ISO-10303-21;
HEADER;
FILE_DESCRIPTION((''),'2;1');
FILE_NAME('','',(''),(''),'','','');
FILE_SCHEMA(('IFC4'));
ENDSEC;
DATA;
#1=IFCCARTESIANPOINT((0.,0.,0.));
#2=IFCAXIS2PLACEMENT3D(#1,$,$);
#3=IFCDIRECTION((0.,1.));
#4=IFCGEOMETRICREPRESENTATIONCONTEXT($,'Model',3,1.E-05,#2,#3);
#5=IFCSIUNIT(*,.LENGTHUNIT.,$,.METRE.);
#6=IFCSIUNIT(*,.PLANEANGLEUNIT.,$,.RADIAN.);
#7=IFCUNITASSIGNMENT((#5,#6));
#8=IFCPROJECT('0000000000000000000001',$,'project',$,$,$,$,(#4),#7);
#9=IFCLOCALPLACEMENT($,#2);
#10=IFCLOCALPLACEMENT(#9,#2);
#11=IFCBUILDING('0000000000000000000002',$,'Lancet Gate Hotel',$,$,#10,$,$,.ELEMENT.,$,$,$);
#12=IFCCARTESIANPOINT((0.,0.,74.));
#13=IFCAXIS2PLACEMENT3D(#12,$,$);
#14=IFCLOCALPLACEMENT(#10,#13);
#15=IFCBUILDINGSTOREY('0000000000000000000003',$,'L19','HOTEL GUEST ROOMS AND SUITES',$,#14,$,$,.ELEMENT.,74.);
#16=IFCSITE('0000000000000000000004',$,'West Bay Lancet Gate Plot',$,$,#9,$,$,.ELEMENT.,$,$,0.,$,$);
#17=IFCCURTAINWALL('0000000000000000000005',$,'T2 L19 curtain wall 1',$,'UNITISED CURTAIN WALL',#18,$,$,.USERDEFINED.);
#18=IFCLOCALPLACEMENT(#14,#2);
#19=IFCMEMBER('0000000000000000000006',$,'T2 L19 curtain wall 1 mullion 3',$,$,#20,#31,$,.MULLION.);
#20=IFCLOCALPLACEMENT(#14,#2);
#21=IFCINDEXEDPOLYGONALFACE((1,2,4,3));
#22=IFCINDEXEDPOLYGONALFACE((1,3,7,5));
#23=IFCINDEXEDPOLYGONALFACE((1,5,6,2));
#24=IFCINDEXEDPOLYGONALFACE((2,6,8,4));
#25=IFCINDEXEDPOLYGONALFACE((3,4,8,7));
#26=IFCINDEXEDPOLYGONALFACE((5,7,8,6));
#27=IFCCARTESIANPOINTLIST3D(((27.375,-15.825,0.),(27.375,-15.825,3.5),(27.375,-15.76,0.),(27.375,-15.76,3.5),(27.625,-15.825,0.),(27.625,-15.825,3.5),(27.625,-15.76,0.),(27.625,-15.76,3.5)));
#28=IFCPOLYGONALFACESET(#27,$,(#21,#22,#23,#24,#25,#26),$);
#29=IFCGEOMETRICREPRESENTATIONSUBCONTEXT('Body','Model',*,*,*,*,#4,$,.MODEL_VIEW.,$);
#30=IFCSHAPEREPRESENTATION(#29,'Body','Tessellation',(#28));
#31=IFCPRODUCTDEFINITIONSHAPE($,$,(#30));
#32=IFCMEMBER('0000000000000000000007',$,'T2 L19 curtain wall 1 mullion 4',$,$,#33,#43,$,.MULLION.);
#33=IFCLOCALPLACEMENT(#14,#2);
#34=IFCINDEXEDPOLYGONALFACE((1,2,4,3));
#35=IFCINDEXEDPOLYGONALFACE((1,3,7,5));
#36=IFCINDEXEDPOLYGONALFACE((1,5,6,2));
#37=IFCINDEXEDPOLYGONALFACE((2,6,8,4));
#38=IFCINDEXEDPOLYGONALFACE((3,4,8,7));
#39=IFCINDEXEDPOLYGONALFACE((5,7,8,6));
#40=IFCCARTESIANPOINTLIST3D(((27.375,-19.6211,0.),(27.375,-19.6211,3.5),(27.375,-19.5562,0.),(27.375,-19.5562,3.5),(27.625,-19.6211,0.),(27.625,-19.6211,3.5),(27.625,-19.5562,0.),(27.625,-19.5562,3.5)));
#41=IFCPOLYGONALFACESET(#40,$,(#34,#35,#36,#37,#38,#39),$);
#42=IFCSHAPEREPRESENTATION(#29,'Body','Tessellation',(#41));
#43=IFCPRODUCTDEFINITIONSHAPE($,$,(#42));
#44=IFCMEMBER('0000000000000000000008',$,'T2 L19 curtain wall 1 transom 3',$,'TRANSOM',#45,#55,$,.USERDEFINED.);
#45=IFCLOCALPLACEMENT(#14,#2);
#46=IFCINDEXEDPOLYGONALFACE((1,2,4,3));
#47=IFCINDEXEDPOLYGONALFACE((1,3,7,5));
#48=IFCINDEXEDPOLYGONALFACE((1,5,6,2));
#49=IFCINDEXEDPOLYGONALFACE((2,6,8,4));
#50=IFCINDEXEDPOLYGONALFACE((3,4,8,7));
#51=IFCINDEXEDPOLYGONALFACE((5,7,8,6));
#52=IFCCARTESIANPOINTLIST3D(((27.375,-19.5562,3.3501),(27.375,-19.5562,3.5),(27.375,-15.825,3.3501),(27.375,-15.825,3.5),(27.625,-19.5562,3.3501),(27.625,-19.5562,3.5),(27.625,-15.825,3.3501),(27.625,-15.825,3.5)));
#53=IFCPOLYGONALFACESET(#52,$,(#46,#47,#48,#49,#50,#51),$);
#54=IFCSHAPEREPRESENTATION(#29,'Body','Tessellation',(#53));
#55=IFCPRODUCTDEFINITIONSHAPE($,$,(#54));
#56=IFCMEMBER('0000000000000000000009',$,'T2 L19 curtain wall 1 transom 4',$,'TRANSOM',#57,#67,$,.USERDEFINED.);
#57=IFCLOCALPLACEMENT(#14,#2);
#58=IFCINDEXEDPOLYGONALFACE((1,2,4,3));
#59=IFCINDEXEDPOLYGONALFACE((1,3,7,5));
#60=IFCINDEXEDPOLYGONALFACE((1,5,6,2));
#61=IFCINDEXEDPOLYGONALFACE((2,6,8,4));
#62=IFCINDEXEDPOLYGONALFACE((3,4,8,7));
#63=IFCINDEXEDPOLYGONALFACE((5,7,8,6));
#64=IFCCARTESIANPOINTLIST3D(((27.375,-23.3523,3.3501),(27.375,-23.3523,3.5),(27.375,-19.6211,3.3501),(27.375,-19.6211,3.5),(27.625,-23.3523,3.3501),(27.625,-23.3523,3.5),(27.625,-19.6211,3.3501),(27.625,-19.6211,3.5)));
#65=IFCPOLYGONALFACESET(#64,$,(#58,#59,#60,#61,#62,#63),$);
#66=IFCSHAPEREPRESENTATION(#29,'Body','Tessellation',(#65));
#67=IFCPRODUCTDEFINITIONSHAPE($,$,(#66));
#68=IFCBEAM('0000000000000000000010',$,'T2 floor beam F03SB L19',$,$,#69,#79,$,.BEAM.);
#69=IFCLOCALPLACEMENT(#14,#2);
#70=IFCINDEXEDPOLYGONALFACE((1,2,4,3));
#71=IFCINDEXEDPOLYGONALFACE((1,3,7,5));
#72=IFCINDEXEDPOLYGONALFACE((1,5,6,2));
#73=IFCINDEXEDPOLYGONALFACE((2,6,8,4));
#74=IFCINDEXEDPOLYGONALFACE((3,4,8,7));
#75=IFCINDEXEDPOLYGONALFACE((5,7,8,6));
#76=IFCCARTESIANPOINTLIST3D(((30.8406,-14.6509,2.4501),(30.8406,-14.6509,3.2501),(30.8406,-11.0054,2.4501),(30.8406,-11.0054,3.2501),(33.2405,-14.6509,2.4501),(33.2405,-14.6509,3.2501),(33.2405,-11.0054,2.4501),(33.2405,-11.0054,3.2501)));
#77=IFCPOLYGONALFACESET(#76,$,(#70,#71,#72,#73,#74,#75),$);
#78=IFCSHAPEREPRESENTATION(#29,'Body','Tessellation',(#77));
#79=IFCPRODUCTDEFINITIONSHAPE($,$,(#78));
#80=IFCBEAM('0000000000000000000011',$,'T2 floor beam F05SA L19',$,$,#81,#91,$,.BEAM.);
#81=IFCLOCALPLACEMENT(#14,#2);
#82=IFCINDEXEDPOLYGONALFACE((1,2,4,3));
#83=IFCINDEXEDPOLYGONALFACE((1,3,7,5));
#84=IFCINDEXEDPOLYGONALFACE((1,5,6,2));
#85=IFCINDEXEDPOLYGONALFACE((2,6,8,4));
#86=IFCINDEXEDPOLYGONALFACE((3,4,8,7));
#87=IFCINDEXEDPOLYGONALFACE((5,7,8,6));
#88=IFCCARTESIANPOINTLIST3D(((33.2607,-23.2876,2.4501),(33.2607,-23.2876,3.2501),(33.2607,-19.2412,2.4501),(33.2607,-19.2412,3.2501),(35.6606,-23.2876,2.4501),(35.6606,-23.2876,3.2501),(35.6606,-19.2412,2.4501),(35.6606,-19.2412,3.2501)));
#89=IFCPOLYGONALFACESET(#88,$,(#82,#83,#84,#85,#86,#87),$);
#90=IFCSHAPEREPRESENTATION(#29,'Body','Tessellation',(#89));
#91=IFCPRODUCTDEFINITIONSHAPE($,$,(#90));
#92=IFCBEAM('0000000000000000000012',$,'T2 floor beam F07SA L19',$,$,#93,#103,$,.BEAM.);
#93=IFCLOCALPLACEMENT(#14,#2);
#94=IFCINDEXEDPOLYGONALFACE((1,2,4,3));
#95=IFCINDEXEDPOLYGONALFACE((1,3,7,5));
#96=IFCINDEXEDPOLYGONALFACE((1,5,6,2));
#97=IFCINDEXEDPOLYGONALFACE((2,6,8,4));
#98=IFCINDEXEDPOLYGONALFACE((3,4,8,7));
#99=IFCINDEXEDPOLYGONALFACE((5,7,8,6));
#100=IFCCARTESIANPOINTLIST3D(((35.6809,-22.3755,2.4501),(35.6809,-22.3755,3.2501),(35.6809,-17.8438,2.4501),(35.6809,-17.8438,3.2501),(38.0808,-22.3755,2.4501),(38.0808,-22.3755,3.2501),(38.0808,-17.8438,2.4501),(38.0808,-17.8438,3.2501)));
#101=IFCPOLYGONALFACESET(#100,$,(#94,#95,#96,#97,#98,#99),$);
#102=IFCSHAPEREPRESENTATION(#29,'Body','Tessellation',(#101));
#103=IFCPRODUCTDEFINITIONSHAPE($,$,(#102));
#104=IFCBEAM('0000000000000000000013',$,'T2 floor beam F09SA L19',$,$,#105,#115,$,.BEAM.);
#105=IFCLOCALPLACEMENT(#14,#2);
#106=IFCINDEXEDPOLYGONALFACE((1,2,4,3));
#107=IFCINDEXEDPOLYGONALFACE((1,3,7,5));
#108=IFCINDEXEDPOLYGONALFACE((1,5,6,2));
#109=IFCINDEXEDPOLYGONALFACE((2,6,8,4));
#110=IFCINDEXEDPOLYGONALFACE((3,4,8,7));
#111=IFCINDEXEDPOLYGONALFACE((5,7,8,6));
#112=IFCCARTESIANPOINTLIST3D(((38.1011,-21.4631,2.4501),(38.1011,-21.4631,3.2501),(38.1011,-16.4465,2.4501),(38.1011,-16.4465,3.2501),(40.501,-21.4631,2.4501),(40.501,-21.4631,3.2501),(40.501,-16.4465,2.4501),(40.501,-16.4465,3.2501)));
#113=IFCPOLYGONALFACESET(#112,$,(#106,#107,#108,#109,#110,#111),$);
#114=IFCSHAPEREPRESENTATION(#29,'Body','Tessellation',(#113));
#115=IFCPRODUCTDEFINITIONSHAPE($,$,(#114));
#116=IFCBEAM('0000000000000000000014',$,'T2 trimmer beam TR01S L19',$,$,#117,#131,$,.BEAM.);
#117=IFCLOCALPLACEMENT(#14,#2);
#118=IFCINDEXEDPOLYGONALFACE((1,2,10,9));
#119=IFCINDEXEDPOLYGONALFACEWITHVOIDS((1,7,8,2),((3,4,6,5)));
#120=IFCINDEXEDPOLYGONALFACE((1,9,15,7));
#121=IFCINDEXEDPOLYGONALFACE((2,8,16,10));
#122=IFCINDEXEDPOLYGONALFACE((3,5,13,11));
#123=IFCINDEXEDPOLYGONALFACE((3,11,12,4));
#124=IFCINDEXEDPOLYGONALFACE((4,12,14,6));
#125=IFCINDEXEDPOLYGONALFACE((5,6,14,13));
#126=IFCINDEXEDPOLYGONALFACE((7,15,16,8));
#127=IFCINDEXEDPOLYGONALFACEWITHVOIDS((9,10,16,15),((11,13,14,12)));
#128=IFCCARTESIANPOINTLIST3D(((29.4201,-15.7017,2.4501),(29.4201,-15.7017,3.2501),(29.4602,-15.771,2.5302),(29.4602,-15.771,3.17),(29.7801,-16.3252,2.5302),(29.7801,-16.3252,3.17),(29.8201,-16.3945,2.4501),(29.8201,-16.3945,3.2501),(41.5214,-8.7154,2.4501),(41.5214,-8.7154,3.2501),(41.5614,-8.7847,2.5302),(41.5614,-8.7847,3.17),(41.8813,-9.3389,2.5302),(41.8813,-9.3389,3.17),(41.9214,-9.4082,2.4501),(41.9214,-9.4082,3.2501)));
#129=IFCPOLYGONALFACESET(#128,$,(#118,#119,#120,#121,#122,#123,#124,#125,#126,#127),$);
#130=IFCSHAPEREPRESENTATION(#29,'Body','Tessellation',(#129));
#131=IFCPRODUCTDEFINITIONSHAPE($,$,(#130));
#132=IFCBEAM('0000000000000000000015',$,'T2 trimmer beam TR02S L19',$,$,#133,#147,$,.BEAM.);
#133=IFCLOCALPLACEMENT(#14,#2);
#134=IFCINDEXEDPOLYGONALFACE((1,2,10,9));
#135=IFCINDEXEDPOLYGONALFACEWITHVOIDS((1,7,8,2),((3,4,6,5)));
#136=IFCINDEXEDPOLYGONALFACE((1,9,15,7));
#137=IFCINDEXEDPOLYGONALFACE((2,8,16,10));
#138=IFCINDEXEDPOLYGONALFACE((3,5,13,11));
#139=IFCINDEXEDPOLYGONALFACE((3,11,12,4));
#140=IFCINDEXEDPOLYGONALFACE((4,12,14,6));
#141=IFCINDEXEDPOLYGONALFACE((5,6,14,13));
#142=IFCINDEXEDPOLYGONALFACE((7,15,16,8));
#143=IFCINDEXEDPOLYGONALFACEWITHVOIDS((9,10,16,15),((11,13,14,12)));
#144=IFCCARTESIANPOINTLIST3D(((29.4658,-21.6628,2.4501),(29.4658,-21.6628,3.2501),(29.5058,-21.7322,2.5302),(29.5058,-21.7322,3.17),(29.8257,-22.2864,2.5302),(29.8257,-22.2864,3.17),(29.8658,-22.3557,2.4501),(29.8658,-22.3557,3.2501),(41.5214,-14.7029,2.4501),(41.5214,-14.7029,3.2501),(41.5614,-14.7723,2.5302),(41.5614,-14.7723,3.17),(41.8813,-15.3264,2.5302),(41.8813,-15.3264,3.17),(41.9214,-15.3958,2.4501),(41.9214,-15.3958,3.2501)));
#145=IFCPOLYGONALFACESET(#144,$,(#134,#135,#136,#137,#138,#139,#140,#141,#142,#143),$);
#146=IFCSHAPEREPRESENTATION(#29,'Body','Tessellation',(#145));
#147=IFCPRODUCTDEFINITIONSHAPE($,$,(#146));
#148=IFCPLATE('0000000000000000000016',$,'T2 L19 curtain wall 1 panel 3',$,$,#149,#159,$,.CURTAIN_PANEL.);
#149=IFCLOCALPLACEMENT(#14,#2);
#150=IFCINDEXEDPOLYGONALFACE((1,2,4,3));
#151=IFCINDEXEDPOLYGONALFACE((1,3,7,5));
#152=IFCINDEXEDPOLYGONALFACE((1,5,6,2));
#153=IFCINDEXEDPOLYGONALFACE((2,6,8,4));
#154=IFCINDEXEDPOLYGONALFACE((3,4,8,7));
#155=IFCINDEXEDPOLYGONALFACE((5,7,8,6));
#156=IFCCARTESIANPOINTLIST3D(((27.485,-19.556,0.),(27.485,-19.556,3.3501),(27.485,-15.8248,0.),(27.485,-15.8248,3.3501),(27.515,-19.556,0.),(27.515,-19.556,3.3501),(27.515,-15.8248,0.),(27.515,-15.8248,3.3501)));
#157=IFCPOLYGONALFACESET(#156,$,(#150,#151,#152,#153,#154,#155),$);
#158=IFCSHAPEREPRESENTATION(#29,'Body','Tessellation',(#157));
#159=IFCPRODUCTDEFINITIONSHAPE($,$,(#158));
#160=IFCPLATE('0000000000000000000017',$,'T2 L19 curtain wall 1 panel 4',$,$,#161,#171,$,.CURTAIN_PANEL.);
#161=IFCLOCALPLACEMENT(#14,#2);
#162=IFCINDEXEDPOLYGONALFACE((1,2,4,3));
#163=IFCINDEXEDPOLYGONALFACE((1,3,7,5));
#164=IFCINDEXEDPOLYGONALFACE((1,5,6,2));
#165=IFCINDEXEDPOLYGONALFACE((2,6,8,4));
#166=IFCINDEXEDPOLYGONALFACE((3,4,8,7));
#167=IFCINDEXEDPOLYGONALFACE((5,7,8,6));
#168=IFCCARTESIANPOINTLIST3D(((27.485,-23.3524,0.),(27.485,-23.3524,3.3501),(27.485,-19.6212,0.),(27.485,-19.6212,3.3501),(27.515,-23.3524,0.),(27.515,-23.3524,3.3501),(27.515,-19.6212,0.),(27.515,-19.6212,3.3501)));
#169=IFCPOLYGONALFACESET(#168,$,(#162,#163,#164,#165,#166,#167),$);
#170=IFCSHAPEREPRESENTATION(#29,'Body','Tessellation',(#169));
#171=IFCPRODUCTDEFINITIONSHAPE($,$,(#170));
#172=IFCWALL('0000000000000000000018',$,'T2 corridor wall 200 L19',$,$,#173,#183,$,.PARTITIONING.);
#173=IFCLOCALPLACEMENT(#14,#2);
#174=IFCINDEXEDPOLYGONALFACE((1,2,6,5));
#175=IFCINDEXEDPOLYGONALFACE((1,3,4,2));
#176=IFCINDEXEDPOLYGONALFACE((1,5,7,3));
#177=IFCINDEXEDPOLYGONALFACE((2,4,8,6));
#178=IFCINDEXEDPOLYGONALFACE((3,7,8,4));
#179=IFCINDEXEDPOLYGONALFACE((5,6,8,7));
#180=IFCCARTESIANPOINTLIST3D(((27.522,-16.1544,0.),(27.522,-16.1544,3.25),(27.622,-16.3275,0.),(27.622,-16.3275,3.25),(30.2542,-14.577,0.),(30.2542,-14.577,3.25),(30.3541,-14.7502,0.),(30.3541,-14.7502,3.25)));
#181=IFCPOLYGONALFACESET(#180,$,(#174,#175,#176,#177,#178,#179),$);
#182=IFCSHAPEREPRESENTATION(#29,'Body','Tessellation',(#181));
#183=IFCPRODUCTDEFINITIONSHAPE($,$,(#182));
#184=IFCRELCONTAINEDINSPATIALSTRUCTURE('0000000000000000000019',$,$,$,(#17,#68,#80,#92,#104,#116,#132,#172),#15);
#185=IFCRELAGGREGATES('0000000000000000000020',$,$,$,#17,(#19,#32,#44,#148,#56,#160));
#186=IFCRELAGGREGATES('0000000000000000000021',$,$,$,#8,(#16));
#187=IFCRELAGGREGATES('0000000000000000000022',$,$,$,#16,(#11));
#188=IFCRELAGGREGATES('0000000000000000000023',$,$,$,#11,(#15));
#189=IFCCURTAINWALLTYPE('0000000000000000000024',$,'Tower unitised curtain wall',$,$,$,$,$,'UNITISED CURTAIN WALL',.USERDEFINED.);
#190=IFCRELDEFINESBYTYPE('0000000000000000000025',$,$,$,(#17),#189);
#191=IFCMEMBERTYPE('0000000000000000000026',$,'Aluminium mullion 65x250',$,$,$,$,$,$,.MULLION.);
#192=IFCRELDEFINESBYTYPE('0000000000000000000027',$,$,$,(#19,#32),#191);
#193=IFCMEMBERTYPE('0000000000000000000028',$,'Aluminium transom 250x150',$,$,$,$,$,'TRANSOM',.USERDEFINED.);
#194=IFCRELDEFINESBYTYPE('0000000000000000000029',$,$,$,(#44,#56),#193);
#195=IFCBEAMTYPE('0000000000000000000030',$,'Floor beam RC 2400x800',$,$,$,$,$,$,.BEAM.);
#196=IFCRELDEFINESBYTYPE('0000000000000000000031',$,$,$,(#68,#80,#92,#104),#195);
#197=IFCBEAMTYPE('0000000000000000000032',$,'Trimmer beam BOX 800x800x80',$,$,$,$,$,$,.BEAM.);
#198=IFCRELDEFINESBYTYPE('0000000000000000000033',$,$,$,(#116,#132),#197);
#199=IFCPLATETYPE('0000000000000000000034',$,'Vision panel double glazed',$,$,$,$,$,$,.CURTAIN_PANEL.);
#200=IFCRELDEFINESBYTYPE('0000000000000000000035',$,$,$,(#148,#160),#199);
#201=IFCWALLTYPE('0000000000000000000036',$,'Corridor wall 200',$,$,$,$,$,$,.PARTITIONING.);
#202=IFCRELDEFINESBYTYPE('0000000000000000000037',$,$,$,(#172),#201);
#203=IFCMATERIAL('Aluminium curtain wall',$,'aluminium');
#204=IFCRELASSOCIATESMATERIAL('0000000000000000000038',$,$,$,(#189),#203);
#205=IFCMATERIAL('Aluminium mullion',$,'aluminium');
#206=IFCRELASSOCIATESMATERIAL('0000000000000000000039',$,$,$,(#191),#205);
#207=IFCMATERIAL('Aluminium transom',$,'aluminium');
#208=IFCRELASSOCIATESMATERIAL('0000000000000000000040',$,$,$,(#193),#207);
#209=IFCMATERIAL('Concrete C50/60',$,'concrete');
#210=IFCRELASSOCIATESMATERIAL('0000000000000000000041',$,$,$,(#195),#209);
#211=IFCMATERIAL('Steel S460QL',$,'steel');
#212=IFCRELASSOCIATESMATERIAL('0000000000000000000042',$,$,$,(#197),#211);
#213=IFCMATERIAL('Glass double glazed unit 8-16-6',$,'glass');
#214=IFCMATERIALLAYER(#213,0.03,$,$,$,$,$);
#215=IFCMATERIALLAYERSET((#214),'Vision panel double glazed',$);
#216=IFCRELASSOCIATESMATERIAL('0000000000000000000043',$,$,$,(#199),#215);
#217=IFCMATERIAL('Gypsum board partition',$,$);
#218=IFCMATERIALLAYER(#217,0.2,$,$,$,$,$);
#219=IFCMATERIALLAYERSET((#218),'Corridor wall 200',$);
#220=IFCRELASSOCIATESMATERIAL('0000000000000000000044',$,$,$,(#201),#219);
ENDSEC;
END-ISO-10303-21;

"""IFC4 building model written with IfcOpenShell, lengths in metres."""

from ifc_helpers import new_model, si_unit, direction, frame, frame_2d, origin, origin_2d, place, context, subcontext, project, spatial, rectangle, hollow_rectangle, extrude, material, layer, layer_set, material_profile, profile_set, type_object, element, aggregate, save


model = new_model("IFC4")

# Units and contexts
model_context = context("Model", 3, precision=1e-05, world=origin(), true_north=direction((0.0, 1.0)))
body_context = subcontext(model_context, "Body", "Model", "MODEL_VIEW")
ifc_project = project(units=[si_unit("LENGTHUNIT", "METRE"), si_unit("PLANEANGLEUNIT", "RADIAN")], contexts=[model_context])

# Site, building, storey
site_placement = place(None, origin())
site = spatial("IfcSite", under=ifc_project, at=site_placement, Name="West Bay Lancet Gate Plot", CompositionType="ELEMENT", RefElevation=0.0)
building_placement = place(site_placement, origin())
building = spatial("IfcBuilding", under=site, at=building_placement, Name="Lancet Gate Hotel", CompositionType="ELEMENT")
storey_placement = place(building_placement, frame((0.0, 0.0, 74.0)))
storey = spatial("IfcBuildingStorey", under=building, at=storey_placement, Name="L19", Description="HOTEL GUEST ROOMS AND SUITES", CompositionType="ELEMENT", Elevation=74.0)

# Curtain wall, members
ifc_material_1 = material(Name="Aluminium curtain wall", Category="aluminium")
curtain_wall_type = type_object("IfcCurtainWallType", Name="Tower unitised curtain wall", ElementType="UNITISED CURTAIN WALL", PredefinedType="USERDEFINED", material=ifc_material_1)
curtain_wall_placement = place(storey_placement, origin())
curtain_wall = element("IfcCurtainWall", 1, at=curtain_wall_placement, inside=storey, type_object=curtain_wall_type, Name="T2 L19 curtain wall 1", ObjectType="UNITISED CURTAIN WALL", PredefinedType="USERDEFINED")
ifc_material_2 = material(Name="Aluminium mullion", Category="aluminium")
ifc_material_profile_1 = material_profile(ifc_material_2, rectangle(XDim=0.0649, YDim=0.25, at=origin_2d()), Name="MULLION 65x250")
ifc_profile_set_1 = profile_set([ifc_material_profile_1], Name="Aluminium mullion")
member_type_1 = type_object("IfcMemberType", Name="Aluminium mullion 65x250", PredefinedType="MULLION", material=ifc_profile_set_1)
member_1_placement = place(storey_placement, frame((27.5, -15.7925, 0.0), z_axis=(0.0, 0.0, 1.0), x_axis=(0.0, -1.0, 0.0)))
member_1 = element("IfcMember", 2, at=member_1_placement, type_object=member_type_1, Name="T2 L19 curtain wall 1 mullion 3", PredefinedType="MULLION", context=body_context, shape_type="SweptSolid", body=[
    extrude(rectangle(XDim=0.0649, YDim=0.25, at=origin_2d()), origin(), (0.0, 0.0, 1.0), 3.5),
])
member_2_placement = place(storey_placement, frame((27.5, -19.5886, 0.0), z_axis=(0.0, 0.0, 1.0), x_axis=(0.0, -1.0, 0.0)))
member_2 = element("IfcMember", 3, at=member_2_placement, type_object=member_type_1, Name="T2 L19 curtain wall 1 mullion 4", PredefinedType="MULLION", context=body_context, shape_type="SweptSolid", body=[
    extrude(rectangle(XDim=0.0649, YDim=0.25, at=origin_2d()), origin(), (0.0, 0.0, 1.0), 3.5),
])
ifc_material_3 = material(Name="Aluminium transom", Category="aluminium")
ifc_material_profile_2 = material_profile(ifc_material_3, rectangle(XDim=0.25, YDim=0.1499, at=origin_2d()), Name="TRANSOM 250x150")
ifc_profile_set_2 = profile_set([ifc_material_profile_2], Name="Aluminium transom")
member_type_2 = type_object("IfcMemberType", Name="Aluminium transom 250x150", ElementType="TRANSOM", PredefinedType="USERDEFINED", material=ifc_profile_set_2)
member_3_placement = place(storey_placement, frame((27.5, -15.825, 3.425), z_axis=(0.0, -1.0, 0.0), x_axis=(1.0, 0.0, 0.0)))
member_3 = element("IfcMember", 4, at=member_3_placement, type_object=member_type_2, Name="T2 L19 curtain wall 1 transom 3", ObjectType="TRANSOM", PredefinedType="USERDEFINED", context=body_context, shape_type="SweptSolid", body=[
    extrude(rectangle(XDim=0.25, YDim=0.1499, at=origin_2d()), origin(), (0.0, 0.0, 1.0), 3.7312),
])
member_4_placement = place(storey_placement, frame((27.5, -19.6211, 3.425), z_axis=(0.0, -1.0, 0.0), x_axis=(1.0, 0.0, 0.0)))
member_4 = element("IfcMember", 5, at=member_4_placement, type_object=member_type_2, Name="T2 L19 curtain wall 1 transom 4", ObjectType="TRANSOM", PredefinedType="USERDEFINED", context=body_context, shape_type="SweptSolid", body=[
    extrude(rectangle(XDim=0.25, YDim=0.1499, at=origin_2d()), origin(), (0.0, 0.0, 1.0), 3.7312),
])

# Beams
ifc_material_4 = material(Name="Concrete C50/60", Category="concrete")
ifc_material_profile_3 = material_profile(ifc_material_4, rectangle(XDim=2.3999, YDim=0.8, at=origin_2d()), Name="RC 2400x800")
ifc_profile_set_3 = profile_set([ifc_material_profile_3], Name="Concrete C50/60")
beam_type_1 = type_object("IfcBeamType", Name="Floor beam RC 2400x800", PredefinedType="BEAM", material=ifc_profile_set_3)
beam_1_placement = place(storey_placement, frame((32.0405, -14.6509, 2.8501), z_axis=(0.0, 1.0, 0.0), x_axis=(-1.0, 0.0, 0.0)))
element("IfcBeam", 6, at=beam_1_placement, inside=storey, type_object=beam_type_1, Name="T2 floor beam F03SB L19", PredefinedType="BEAM", context=body_context, shape_type="SweptSolid", body=[
    extrude(rectangle(XDim=2.3999, YDim=0.8, at=origin_2d()), origin(), (0.0, 0.0, 1.0), 3.6455),
])
beam_2_placement = place(storey_placement, frame((34.4607, -23.2876, 2.8501), z_axis=(0.0, 1.0, 0.0), x_axis=(-1.0, 0.0, 0.0)))
element("IfcBeam", 7, at=beam_2_placement, inside=storey, type_object=beam_type_1, Name="T2 floor beam F05SA L19", PredefinedType="BEAM", context=body_context, shape_type="SweptSolid", body=[
    extrude(rectangle(XDim=2.3999, YDim=0.8, at=origin_2d()), origin(), (0.0, 0.0, 1.0), 4.0464),
])
beam_3_placement = place(storey_placement, frame((36.8809, -22.3755, 2.8501), z_axis=(0.0, 1.0, 0.0), x_axis=(-1.0, 0.0, 0.0)))
element("IfcBeam", 8, at=beam_3_placement, inside=storey, type_object=beam_type_1, Name="T2 floor beam F07SA L19", PredefinedType="BEAM", context=body_context, shape_type="SweptSolid", body=[
    extrude(rectangle(XDim=2.3999, YDim=0.8, at=origin_2d()), origin(), (0.0, 0.0, 1.0), 4.5317),
])
beam_4_placement = place(storey_placement, frame((39.301, -21.4631, 2.8501), z_axis=(0.0, 1.0, 0.0), x_axis=(-1.0, 0.0, 0.0)))
element("IfcBeam", 9, at=beam_4_placement, inside=storey, type_object=beam_type_1, Name="T2 floor beam F09SA L19", PredefinedType="BEAM", context=body_context, shape_type="SweptSolid", body=[
    extrude(rectangle(XDim=2.3999, YDim=0.8, at=origin_2d()), origin(), (0.0, 0.0, 1.0), 5.0166),
])
ifc_material_5 = material(Name="Steel S460QL", Category="steel")
ifc_material_profile_4 = material_profile(ifc_material_5, hollow_rectangle(XDim=0.8, YDim=0.8, WallThickness=0.0801, at=origin_2d()), Name="BOX 800x800x80")
ifc_profile_set_4 = profile_set([ifc_material_profile_4], Name="Steel S460QL")
beam_type_2 = type_object("IfcBeamType", Name="Trimmer beam BOX 800x800x80", PredefinedType="BEAM", material=ifc_profile_set_4)
beam_5_placement = place(storey_placement, frame((29.6201, -16.0481, 2.8501), z_axis=(0.866037, 0.49998, 0.0), x_axis=(-0.49998, 0.866037, 0.0)))
element("IfcBeam", 10, at=beam_5_placement, inside=storey, type_object=beam_type_2, Name="T2 trimmer beam TR01S L19", PredefinedType="BEAM", context=body_context, shape_type="SweptSolid", body=[
    extrude(hollow_rectangle(XDim=0.8, YDim=0.8, WallThickness=0.0801, at=origin_2d()), origin(), (0.0, 0.0, 1.0), 13.9731),
])
beam_6_placement = place(storey_placement, frame((29.6658, -22.0093, 2.8501), z_axis=(0.866037, 0.49998, 0.0), x_axis=(-0.49998, 0.866037, 0.0)))
element("IfcBeam", 11, at=beam_6_placement, inside=storey, type_object=beam_type_2, Name="T2 trimmer beam TR02S L19", PredefinedType="BEAM", context=body_context, shape_type="SweptSolid", body=[
    extrude(hollow_rectangle(XDim=0.8, YDim=0.8, WallThickness=0.0801, at=origin_2d()), origin(), (0.0, 0.0, 1.0), 13.9204),
])

# Plates
ifc_material_6 = material(Name="Glass double glazed unit 8-16-6", Category="glass")
ifc_layer_1 = layer(ifc_material_6, 0.03)
ifc_layer_set_1 = layer_set([ifc_layer_1], Name="Vision panel double glazed")
plate_type = type_object("IfcPlateType", Name="Vision panel double glazed", PredefinedType="CURTAIN_PANEL", material=ifc_layer_set_1)
plate_1_placement = place(storey_placement, frame((27.5, -17.6904, 0.0), z_axis=(0.0, 0.0, 1.0), x_axis=(0.0, -1.0, 0.0)))
plate_1 = element("IfcPlate", 12, at=plate_1_placement, type_object=plate_type, Name="T2 L19 curtain wall 1 panel 3", PredefinedType="CURTAIN_PANEL", context=body_context, shape_type="SweptSolid", body=[
    extrude(rectangle(XDim=3.7312, YDim=0.03, at=origin_2d()), origin(), (0.0, 0.0, 1.0), 3.3501),
])
plate_2_placement = place(storey_placement, frame((27.5, -21.4868, 0.0), z_axis=(0.0, 0.0, 1.0), x_axis=(0.0, -1.0, 0.0)))
plate_2 = element("IfcPlate", 13, at=plate_2_placement, type_object=plate_type, Name="T2 L19 curtain wall 1 panel 4", PredefinedType="CURTAIN_PANEL", context=body_context, shape_type="SweptSolid", body=[
    extrude(rectangle(XDim=3.7312, YDim=0.03, at=origin_2d()), origin(), (0.0, 0.0, 1.0), 3.3501),
])
aggregate(curtain_wall, [member_1, member_2, member_3, plate_1, member_4, plate_2])

# Wall
ifc_material_7 = material(Name="Gypsum board partition")
ifc_layer_2 = layer(ifc_material_7, 0.2)
ifc_layer_set_2 = layer_set([ifc_layer_2], Name="Corridor wall 200")
wall_type_1 = type_object("IfcWallType", Name="Corridor wall 200", PredefinedType="PARTITIONING", material=ifc_layer_set_2)
wall_1_placement = place(storey_placement, frame((27.572, -16.241, 0.0), z_axis=(0.0, 0.0, 1.0), x_axis=(0.86603, 0.499993, 0.0)))
element("IfcWall", 14, at=wall_1_placement, inside=storey, type_object=wall_type_1, Name="T2 corridor wall 200 L19", PredefinedType="PARTITIONING", context=body_context, shape_type="SweptSolid", body=[
    extrude(rectangle(XDim=3.1548, YDim=0.2, at=frame_2d((1.5774, 0.0))), origin(), (0.0, 0.0, 1.0), 3.25),
])

save(model, "model.ifc")
